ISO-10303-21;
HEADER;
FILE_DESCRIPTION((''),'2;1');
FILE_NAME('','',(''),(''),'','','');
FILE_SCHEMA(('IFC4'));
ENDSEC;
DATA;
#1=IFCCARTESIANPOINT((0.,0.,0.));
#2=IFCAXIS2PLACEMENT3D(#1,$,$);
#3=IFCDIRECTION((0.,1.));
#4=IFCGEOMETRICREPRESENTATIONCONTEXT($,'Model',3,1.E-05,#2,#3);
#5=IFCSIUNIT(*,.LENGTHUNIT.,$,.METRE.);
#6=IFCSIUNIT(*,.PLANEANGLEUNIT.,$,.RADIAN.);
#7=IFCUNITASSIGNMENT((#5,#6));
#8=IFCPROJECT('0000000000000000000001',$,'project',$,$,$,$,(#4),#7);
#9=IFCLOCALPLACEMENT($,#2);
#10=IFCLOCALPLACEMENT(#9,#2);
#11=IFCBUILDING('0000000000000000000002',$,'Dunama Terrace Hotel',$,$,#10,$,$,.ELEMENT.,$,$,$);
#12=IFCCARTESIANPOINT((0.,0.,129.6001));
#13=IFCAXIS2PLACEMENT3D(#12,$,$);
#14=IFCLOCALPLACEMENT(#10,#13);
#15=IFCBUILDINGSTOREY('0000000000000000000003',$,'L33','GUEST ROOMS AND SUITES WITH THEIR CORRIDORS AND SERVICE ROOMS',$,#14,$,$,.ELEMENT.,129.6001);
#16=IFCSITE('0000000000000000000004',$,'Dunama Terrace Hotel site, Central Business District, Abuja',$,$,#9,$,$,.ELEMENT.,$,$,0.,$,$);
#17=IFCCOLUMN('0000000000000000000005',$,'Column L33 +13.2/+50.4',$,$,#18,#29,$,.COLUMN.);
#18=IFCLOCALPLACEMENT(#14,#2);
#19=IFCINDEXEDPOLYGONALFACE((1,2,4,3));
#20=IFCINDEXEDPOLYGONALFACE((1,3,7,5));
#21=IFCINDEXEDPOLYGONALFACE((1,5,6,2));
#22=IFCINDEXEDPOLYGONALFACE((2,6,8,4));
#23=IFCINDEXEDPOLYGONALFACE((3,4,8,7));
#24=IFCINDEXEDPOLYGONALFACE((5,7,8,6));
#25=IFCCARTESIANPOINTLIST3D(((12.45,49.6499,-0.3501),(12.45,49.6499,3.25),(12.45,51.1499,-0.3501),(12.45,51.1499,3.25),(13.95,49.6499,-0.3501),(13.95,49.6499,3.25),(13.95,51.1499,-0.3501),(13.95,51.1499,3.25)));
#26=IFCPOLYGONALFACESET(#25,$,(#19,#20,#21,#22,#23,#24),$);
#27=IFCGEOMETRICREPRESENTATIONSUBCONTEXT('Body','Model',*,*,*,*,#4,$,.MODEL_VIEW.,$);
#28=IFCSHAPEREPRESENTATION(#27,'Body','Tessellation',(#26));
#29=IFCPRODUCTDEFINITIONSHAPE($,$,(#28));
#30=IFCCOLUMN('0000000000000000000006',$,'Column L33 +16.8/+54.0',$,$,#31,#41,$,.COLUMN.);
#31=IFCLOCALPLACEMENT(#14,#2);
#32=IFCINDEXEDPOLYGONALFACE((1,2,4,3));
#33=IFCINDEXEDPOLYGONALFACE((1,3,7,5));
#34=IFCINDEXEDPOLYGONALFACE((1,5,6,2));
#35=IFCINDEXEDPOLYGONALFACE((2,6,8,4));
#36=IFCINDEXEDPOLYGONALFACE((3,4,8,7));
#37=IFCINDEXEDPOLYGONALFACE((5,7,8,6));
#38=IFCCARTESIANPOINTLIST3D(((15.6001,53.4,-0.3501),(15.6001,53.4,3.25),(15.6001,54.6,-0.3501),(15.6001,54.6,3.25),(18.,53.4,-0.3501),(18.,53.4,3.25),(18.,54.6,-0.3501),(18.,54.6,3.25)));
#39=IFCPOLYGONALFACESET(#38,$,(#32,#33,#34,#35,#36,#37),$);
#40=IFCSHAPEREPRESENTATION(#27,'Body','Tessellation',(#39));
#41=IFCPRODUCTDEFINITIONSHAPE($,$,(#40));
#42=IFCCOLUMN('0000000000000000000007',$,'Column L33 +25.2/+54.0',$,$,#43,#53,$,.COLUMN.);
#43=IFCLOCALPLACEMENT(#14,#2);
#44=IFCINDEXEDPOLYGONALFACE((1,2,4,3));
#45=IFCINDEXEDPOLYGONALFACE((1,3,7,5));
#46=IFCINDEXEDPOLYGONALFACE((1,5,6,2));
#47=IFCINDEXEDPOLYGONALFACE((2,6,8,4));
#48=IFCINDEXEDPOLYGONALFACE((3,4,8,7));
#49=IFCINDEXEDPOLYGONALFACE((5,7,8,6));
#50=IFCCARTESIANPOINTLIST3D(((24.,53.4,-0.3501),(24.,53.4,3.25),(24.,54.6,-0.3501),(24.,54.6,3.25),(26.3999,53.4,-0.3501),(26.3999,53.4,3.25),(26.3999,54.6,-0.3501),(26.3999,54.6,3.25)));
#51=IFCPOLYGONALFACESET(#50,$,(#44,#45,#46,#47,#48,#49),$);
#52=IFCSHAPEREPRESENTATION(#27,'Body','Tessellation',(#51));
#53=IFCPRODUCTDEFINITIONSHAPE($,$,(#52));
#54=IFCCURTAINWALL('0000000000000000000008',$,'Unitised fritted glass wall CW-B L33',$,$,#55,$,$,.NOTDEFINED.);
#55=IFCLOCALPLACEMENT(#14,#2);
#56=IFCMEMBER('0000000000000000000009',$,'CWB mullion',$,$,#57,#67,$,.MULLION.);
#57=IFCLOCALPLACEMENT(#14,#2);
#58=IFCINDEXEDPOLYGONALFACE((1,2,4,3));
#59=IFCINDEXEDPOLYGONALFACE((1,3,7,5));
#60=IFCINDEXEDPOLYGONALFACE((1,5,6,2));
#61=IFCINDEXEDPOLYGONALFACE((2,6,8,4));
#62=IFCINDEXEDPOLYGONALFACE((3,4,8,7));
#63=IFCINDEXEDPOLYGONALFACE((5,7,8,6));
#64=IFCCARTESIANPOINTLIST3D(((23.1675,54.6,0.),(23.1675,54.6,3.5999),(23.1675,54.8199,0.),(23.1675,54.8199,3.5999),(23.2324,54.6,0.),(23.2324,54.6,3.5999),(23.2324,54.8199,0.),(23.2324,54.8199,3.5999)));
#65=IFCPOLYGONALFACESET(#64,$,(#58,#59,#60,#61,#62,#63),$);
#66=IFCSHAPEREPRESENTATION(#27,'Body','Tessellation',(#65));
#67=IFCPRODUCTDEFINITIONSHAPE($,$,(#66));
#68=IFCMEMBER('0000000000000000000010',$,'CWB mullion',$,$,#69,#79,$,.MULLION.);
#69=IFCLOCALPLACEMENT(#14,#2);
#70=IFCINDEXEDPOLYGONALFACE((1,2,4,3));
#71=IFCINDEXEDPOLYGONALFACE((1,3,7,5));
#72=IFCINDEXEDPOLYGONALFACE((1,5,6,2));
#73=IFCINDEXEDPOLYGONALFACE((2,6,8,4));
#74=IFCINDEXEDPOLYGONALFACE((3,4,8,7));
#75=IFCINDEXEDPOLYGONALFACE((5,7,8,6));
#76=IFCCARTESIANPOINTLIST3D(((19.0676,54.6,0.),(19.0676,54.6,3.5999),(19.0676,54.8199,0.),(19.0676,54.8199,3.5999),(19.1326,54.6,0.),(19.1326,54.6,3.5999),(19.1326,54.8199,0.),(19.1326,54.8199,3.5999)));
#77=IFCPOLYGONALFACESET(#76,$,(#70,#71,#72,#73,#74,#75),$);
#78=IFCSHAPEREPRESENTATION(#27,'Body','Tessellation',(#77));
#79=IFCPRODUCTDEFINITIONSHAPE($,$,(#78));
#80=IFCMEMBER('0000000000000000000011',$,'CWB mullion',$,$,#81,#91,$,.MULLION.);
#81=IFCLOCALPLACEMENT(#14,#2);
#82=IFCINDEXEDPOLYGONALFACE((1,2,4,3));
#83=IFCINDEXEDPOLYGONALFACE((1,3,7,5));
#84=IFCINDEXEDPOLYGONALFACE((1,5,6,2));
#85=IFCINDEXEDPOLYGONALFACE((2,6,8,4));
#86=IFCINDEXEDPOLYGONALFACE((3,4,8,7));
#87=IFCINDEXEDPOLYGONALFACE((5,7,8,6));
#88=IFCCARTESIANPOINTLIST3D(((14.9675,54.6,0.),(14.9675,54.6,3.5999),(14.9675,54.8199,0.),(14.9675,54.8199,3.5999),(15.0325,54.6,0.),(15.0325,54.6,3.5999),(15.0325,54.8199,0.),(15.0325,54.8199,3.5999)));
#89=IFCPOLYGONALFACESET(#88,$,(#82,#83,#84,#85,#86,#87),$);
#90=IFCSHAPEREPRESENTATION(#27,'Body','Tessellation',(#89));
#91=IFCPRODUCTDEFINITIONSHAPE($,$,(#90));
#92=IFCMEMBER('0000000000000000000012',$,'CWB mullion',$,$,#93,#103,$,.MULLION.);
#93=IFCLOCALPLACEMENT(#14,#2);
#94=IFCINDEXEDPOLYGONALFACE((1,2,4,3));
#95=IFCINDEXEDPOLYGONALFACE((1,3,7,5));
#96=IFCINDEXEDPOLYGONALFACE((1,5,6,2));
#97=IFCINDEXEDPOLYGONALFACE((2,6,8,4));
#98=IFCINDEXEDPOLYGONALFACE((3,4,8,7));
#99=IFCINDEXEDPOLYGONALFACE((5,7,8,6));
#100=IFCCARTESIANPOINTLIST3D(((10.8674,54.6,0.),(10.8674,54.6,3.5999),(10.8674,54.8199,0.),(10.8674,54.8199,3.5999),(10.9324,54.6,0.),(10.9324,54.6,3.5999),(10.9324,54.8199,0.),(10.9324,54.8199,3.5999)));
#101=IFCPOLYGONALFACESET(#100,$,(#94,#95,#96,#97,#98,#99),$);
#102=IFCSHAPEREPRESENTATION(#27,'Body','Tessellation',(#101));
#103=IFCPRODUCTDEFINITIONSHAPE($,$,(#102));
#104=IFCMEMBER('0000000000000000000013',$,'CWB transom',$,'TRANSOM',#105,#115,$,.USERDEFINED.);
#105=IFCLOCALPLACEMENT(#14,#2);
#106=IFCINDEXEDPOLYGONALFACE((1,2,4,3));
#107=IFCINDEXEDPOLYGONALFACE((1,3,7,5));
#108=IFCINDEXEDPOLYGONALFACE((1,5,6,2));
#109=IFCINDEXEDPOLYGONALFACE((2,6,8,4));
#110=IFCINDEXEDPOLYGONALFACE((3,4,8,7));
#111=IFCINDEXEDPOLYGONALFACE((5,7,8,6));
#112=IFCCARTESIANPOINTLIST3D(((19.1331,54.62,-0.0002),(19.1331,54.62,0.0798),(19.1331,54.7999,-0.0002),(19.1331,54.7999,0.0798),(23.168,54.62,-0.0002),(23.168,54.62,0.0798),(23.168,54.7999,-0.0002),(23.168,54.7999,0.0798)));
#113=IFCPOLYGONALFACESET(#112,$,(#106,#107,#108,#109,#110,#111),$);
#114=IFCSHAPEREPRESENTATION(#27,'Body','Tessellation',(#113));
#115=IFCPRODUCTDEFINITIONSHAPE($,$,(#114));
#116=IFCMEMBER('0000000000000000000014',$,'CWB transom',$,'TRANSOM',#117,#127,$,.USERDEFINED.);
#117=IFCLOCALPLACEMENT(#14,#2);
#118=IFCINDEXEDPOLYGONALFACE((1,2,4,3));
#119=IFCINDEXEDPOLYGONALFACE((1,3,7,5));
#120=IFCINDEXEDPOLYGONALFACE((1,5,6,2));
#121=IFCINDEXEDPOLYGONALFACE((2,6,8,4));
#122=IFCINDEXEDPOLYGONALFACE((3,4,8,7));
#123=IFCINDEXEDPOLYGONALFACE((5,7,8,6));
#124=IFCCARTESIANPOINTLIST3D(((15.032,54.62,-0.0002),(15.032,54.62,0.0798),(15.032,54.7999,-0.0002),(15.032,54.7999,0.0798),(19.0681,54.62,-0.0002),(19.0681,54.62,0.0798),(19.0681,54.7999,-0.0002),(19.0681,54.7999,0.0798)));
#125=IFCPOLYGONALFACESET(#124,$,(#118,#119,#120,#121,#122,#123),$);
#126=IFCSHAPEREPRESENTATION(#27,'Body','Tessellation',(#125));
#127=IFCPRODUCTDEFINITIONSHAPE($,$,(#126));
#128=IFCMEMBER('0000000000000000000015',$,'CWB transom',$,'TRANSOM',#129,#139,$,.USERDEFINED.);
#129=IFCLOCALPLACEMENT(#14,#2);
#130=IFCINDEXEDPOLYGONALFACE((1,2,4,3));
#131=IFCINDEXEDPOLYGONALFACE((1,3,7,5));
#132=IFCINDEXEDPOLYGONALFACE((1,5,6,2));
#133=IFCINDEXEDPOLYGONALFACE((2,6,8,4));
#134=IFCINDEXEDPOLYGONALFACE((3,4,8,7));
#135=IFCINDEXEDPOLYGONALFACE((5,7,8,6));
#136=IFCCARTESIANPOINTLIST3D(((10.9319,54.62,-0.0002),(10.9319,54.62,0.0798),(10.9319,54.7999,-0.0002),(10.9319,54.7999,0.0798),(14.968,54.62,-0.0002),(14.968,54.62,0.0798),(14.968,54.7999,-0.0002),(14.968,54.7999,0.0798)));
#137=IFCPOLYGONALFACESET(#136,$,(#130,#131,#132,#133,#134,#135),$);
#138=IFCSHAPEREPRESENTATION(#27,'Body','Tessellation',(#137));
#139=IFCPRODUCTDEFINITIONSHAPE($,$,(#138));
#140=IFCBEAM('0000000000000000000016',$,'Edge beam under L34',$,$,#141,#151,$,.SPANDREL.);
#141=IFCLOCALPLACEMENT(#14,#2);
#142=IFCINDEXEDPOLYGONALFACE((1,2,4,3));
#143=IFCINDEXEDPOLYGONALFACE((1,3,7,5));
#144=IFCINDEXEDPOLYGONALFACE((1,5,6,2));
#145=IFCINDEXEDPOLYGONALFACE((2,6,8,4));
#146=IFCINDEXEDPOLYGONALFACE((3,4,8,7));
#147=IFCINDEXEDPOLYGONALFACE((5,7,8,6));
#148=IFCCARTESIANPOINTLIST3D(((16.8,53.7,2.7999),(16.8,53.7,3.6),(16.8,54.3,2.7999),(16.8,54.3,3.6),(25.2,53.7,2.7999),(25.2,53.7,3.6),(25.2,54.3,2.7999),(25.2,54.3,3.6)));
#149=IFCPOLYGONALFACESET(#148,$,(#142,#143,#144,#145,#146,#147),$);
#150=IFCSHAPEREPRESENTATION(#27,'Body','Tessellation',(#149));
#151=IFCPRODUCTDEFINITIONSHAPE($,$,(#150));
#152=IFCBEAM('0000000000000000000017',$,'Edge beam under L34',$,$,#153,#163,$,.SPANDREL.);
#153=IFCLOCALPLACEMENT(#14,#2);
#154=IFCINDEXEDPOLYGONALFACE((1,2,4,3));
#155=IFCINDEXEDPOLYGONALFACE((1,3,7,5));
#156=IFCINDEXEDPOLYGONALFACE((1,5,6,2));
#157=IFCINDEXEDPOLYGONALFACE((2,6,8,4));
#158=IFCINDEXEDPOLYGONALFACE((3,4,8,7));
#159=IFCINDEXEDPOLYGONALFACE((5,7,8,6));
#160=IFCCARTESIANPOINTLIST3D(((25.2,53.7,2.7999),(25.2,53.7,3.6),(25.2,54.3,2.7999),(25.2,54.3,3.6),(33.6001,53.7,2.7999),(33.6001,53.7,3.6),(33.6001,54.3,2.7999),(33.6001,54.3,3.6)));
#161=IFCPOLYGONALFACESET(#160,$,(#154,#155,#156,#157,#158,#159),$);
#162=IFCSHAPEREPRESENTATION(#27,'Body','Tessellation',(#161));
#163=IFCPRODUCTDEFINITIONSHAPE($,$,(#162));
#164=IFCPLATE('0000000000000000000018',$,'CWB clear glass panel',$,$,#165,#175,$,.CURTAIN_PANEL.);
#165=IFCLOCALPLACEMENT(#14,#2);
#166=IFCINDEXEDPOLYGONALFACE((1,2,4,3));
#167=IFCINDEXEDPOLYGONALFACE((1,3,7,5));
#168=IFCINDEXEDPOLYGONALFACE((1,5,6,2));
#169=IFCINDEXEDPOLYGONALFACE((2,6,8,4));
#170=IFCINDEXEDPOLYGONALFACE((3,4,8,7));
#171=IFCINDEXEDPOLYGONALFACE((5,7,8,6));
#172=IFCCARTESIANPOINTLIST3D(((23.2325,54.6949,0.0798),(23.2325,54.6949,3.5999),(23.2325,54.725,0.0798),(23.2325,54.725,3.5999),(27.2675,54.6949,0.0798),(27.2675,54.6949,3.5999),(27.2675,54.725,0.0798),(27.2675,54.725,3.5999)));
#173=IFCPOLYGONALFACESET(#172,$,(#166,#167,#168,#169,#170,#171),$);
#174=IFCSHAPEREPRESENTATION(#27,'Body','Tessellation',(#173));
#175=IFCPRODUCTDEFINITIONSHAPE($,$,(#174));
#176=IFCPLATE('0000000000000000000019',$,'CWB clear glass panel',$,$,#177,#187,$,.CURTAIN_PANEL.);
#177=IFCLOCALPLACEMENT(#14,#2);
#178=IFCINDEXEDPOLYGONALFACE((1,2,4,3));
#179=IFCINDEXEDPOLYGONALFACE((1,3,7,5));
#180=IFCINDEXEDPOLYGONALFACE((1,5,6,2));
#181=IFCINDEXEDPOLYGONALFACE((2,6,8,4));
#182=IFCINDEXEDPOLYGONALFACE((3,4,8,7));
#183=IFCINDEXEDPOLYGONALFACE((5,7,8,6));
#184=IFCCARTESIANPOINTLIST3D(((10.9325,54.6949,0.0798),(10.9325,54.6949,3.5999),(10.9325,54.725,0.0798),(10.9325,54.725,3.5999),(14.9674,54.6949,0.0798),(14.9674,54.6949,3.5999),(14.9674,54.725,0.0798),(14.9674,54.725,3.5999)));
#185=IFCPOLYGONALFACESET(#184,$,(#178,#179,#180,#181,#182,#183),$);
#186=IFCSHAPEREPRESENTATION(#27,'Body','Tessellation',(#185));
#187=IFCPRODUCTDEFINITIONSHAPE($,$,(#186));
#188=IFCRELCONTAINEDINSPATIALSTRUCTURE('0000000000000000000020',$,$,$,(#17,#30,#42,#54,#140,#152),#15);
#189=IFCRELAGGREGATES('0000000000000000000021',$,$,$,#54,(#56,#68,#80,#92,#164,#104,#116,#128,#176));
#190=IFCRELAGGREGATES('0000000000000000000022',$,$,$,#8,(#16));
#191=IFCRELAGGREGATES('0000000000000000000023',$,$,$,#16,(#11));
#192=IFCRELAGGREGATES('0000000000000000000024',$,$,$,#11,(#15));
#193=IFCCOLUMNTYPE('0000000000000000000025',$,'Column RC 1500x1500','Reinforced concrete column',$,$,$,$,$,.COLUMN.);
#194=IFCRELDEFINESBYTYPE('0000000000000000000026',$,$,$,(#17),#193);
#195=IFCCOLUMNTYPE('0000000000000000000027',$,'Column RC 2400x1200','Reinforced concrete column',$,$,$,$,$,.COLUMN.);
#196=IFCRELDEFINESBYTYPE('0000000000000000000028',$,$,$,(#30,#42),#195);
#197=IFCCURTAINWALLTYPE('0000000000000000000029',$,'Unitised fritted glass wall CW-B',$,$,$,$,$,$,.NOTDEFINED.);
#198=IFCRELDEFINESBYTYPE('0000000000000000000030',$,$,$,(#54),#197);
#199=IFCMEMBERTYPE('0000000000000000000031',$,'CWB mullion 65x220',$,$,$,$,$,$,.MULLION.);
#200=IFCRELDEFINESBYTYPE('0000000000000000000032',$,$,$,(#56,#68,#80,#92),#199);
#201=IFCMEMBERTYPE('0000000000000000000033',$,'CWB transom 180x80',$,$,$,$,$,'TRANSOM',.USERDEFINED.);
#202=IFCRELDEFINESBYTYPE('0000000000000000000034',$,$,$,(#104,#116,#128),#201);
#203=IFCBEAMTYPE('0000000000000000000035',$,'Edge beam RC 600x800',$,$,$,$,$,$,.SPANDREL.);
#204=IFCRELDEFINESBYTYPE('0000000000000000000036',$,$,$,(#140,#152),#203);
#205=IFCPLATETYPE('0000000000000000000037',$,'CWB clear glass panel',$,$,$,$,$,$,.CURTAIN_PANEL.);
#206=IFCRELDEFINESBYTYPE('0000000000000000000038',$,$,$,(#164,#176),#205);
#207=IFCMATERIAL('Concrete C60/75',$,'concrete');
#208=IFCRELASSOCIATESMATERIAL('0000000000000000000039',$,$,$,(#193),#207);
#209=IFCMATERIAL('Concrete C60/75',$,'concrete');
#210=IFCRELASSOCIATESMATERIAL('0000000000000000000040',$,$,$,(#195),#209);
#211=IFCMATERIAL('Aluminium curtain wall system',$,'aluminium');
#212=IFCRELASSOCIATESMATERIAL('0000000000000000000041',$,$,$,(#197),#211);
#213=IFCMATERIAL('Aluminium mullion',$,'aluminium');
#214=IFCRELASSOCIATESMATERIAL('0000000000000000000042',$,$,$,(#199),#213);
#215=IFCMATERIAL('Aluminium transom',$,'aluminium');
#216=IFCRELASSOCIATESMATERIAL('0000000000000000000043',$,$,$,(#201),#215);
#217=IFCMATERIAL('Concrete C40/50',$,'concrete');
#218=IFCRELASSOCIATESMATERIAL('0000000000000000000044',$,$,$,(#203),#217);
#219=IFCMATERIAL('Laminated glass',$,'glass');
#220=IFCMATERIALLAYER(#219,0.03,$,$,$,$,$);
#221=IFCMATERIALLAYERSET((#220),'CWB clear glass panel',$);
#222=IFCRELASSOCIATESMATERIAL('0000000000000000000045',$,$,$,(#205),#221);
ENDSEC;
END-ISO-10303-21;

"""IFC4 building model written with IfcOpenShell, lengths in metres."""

from ifc_helpers import new_model, si_unit, direction, frame, origin, origin_2d, place, context, subcontext, project, spatial, rectangle, extrude, material, layer, layer_set, material_profile, profile_set, type_object, element, aggregate, save


model = new_model("IFC4")

# Units and contexts
model_context = context("Model", 3, precision=1e-05, world=origin(), true_north=direction((0.0, 1.0)))
body_context = subcontext(model_context, "Body", "Model", "MODEL_VIEW")
ifc_project = project(units=[si_unit("LENGTHUNIT", "METRE"), si_unit("PLANEANGLEUNIT", "RADIAN")], contexts=[model_context])

# Site, building, storey
site_placement = place(None, origin())
site = spatial("IfcSite", under=ifc_project, at=site_placement, Name="Dunama Terrace Hotel site, Central Business District, Abuja", CompositionType="ELEMENT", RefElevation=0.0)
building_placement = place(site_placement, origin())
building = spatial("IfcBuilding", under=site, at=building_placement, Name="Dunama Terrace Hotel", CompositionType="ELEMENT")
storey_placement = place(building_placement, frame((0.0, 0.0, 129.6001)))
storey = spatial("IfcBuildingStorey", under=building, at=storey_placement, Name="L33", Description="GUEST ROOMS AND SUITES WITH THEIR CORRIDORS AND SERVICE ROOMS", CompositionType="ELEMENT", Elevation=129.6001)

# Columns
ifc_material_1 = material(Name="Concrete C60/75", Category="concrete")
ifc_material_profile_1 = material_profile(ifc_material_1, rectangle(XDim=1.5, YDim=1.5, at=origin_2d()), Name="RC 1500x1500")
ifc_profile_set_1 = profile_set([ifc_material_profile_1], Name="Concrete C60/75")
column_type_1 = type_object("IfcColumnType", Name="Column RC 1500x1500", Description="Reinforced concrete column", PredefinedType="COLUMN", material=ifc_profile_set_1)
column_placement = place(storey_placement, frame((13.2, 50.3999, -0.3501), z_axis=(0.0, 0.0, 1.0), x_axis=(1.0, 0.0, 0.0)))
element("IfcColumn", 1, at=column_placement, inside=storey, type_object=column_type_1, Name="Column L33 +13.2/+50.4", PredefinedType="COLUMN", context=body_context, shape_type="SweptSolid", body=[
    extrude(rectangle(XDim=1.5, YDim=1.5, at=origin_2d()), origin(), (0.0, 0.0, 1.0), 3.6001),
])
ifc_material_2 = material(Name="Concrete C60/75", Category="concrete")
ifc_material_profile_2 = material_profile(ifc_material_2, rectangle(XDim=2.3999, YDim=1.2, at=origin_2d()), Name="RC 2400x1200")
ifc_profile_set_2 = profile_set([ifc_material_profile_2], Name="Concrete C60/75")
column_type_2 = type_object("IfcColumnType", Name="Column RC 2400x1200", Description="Reinforced concrete column", PredefinedType="COLUMN", material=ifc_profile_set_2)
for number, where, z_axis, x_axis, name in (
    (2, (16.8, 54.0, -0.3501), (0.0, 0.0, 1.0), (1.0, 0.0, 0.0), "Column L33 +16.8/+54.0"),
    (3, (25.2, 54.0, -0.3501), (0.0, 0.0, 1.0), (1.0, 0.0, 0.0), "Column L33 +25.2/+54.0"),
):
    element("IfcColumn", number, at=place(storey_placement, frame(where, z_axis=z_axis, x_axis=x_axis)), inside=storey, type_object=column_type_2, Name=name, PredefinedType="COLUMN", context=body_context, shape_type="SweptSolid", body=[
        extrude(rectangle(XDim=2.3999, YDim=1.2, at=origin_2d()), origin(), (0.0, 0.0, 1.0), 3.6001),
    ])

# Curtain wall, members
ifc_material_3 = material(Name="Aluminium curtain wall system", Category="aluminium")
curtain_wall_type = type_object("IfcCurtainWallType", Name="Unitised fritted glass wall CW-B", PredefinedType="NOTDEFINED", material=ifc_material_3)
curtain_wall_placement = place(storey_placement, origin())
curtain_wall = element("IfcCurtainWall", 4, at=curtain_wall_placement, inside=storey, type_object=curtain_wall_type, Name="Unitised fritted glass wall CW-B L33", PredefinedType="NOTDEFINED")
ifc_material_4 = material(Name="Aluminium mullion", Category="aluminium")
ifc_material_profile_3 = material_profile(ifc_material_4, rectangle(XDim=0.0649, YDim=0.22, at=origin_2d()), Name="CWB MULLION 65X220")
ifc_profile_set_3 = profile_set([ifc_material_profile_3], Name="Aluminium mullion")
member_type_1 = type_object("IfcMemberType", Name="CWB mullion 65x220", PredefinedType="MULLION", material=ifc_profile_set_3)
member_1_placement = place(storey_placement, frame((23.2, 54.71, 0.0), z_axis=(0.0, 0.0, 1.0), x_axis=(-1.0, 0.0, 0.0)))
member_1 = element("IfcMember", 5, at=member_1_placement, type_object=member_type_1, Name="CWB mullion", PredefinedType="MULLION", context=body_context, shape_type="SweptSolid", body=[
    extrude(rectangle(XDim=0.0649, YDim=0.22, at=origin_2d()), origin(), (0.0, 0.0, 1.0), 3.5999),
])
member_2_placement = place(storey_placement, frame((19.1001, 54.71, 0.0), z_axis=(0.0, 0.0, 1.0), x_axis=(-1.0, 0.0, 0.0)))
member_2 = element("IfcMember", 6, at=member_2_placement, type_object=member_type_1, Name="CWB mullion", PredefinedType="MULLION", context=body_context, shape_type="SweptSolid", body=[
    extrude(rectangle(XDim=0.0649, YDim=0.22, at=origin_2d()), origin(), (0.0, 0.0, 1.0), 3.5999),
])
member_3_placement = place(storey_placement, frame((15.0, 54.71, 0.0), z_axis=(0.0, 0.0, 1.0), x_axis=(-1.0, 0.0, 0.0)))
member_3 = element("IfcMember", 7, at=member_3_placement, type_object=member_type_1, Name="CWB mullion", PredefinedType="MULLION", context=body_context, shape_type="SweptSolid", body=[
    extrude(rectangle(XDim=0.0649, YDim=0.22, at=origin_2d()), origin(), (0.0, 0.0, 1.0), 3.5999),
])
member_4_placement = place(storey_placement, frame((10.8999, 54.71, 0.0), z_axis=(0.0, 0.0, 1.0), x_axis=(-1.0, 0.0, 0.0)))
member_4 = element("IfcMember", 8, at=member_4_placement, type_object=member_type_1, Name="CWB mullion", PredefinedType="MULLION", context=body_context, shape_type="SweptSolid", body=[
    extrude(rectangle(XDim=0.0649, YDim=0.22, at=origin_2d()), origin(), (0.0, 0.0, 1.0), 3.5999),
])
ifc_material_5 = material(Name="Aluminium transom", Category="aluminium")
ifc_material_profile_4 = material_profile(ifc_material_5, rectangle(XDim=0.1799, YDim=0.0801, at=origin_2d()), Name="CWB TRANSOM 180X80")
ifc_profile_set_4 = profile_set([ifc_material_profile_4], Name="Aluminium transom")
member_type_2 = type_object("IfcMemberType", Name="CWB transom 180x80", ElementType="TRANSOM", PredefinedType="USERDEFINED", material=ifc_profile_set_4)
member_5_placement = place(storey_placement, frame((23.168, 54.71, 0.0398), z_axis=(-1.0, 0.0, 0.0), x_axis=(0.0, -1.0, 0.0)))
member_5 = element("IfcMember", 9, at=member_5_placement, type_object=member_type_2, Name="CWB transom", ObjectType="TRANSOM", PredefinedType="USERDEFINED", context=body_context, shape_type="SweptSolid", body=[
    extrude(rectangle(XDim=0.1799, YDim=0.0801, at=origin_2d()), origin(), (0.0, 0.0, 1.0), 4.0349),
])
member_6_placement = place(storey_placement, frame((19.0681, 54.71, 0.0398), z_axis=(-1.0, 0.0, 0.0), x_axis=(0.0, -1.0, 0.0)))
member_6 = element("IfcMember", 10, at=member_6_placement, type_object=member_type_2, Name="CWB transom", ObjectType="TRANSOM", PredefinedType="USERDEFINED", context=body_context, shape_type="SweptSolid", body=[
    extrude(rectangle(XDim=0.1799, YDim=0.0801, at=origin_2d()), origin(), (0.0, 0.0, 1.0), 4.0361),
])
member_7_placement = place(storey_placement, frame((14.968, 54.71, 0.0398), z_axis=(-1.0, 0.0, 0.0), x_axis=(0.0, -1.0, 0.0)))
member_7 = element("IfcMember", 11, at=member_7_placement, type_object=member_type_2, Name="CWB transom", ObjectType="TRANSOM", PredefinedType="USERDEFINED", context=body_context, shape_type="SweptSolid", body=[
    extrude(rectangle(XDim=0.1799, YDim=0.0801, at=origin_2d()), origin(), (0.0, 0.0, 1.0), 4.0361),
])

# Beams
ifc_material_6 = material(Name="Concrete C40/50", Category="concrete")
ifc_material_profile_5 = material_profile(ifc_material_6, rectangle(XDim=0.6001, YDim=0.8, at=origin_2d()), Name="RC 600x800")
ifc_profile_set_5 = profile_set([ifc_material_profile_5], Name="Concrete C40/50")
beam_type = type_object("IfcBeamType", Name="Edge beam RC 600x800", PredefinedType="SPANDREL", material=ifc_profile_set_5)
beam_1_placement = place(storey_placement, frame((16.8, 54.0, 3.2), z_axis=(1.0, 0.0, 0.0), x_axis=(0.0, 1.0, 0.0)))
element("IfcBeam", 12, at=beam_1_placement, inside=storey, type_object=beam_type, Name="Edge beam under L34", PredefinedType="SPANDREL", context=body_context, shape_type="SweptSolid", body=[
    extrude(rectangle(XDim=0.6001, YDim=0.8, at=origin_2d()), origin(), (0.0, 0.0, 1.0), 8.3999),
])
beam_2_placement = place(storey_placement, frame((25.2, 54.0, 3.2), z_axis=(1.0, 0.0, 0.0), x_axis=(0.0, 1.0, 0.0)))
element("IfcBeam", 13, at=beam_2_placement, inside=storey, type_object=beam_type, Name="Edge beam under L34", PredefinedType="SPANDREL", context=body_context, shape_type="SweptSolid", body=[
    extrude(rectangle(XDim=0.6001, YDim=0.8, at=origin_2d()), origin(), (0.0, 0.0, 1.0), 8.4001),
])

# Plates
ifc_material_7 = material(Name="Laminated glass", Category="glass")
ifc_layer_1 = layer(ifc_material_7, 0.03)
ifc_layer_set_1 = layer_set([ifc_layer_1], Name="CWB clear glass panel")
plate_type_1 = type_object("IfcPlateType", Name="CWB clear glass panel", PredefinedType="CURTAIN_PANEL", material=ifc_layer_set_1)
plate_1_placement = place(storey_placement, frame((25.25, 54.71, 0.0798), z_axis=(0.0, 0.0, 1.0), x_axis=(-1.0, 0.0, 0.0)))
plate_1 = element("IfcPlate", 14, at=plate_1_placement, type_object=plate_type_1, Name="CWB clear glass panel", PredefinedType="CURTAIN_PANEL", context=body_context, shape_type="SweptSolid", body=[
    extrude(rectangle(XDim=4.0349, YDim=0.03, at=origin_2d()), origin(), (0.0, 0.0, 1.0), 3.52),
])
plate_2_placement = place(storey_placement, frame((12.95, 54.71, 0.0798), z_axis=(0.0, 0.0, 1.0), x_axis=(-1.0, 0.0, 0.0)))
plate_2 = element("IfcPlate", 15, at=plate_2_placement, type_object=plate_type_1, Name="CWB clear glass panel", PredefinedType="CURTAIN_PANEL", context=body_context, shape_type="SweptSolid", body=[
    extrude(rectangle(XDim=4.0349, YDim=0.03, at=origin_2d()), origin(), (0.0, 0.0, 1.0), 3.52),
])
aggregate(curtain_wall, [member_1, member_2, member_3, member_4, plate_1, member_5, member_6, member_7, plate_2])

save(model, "model.ifc")
